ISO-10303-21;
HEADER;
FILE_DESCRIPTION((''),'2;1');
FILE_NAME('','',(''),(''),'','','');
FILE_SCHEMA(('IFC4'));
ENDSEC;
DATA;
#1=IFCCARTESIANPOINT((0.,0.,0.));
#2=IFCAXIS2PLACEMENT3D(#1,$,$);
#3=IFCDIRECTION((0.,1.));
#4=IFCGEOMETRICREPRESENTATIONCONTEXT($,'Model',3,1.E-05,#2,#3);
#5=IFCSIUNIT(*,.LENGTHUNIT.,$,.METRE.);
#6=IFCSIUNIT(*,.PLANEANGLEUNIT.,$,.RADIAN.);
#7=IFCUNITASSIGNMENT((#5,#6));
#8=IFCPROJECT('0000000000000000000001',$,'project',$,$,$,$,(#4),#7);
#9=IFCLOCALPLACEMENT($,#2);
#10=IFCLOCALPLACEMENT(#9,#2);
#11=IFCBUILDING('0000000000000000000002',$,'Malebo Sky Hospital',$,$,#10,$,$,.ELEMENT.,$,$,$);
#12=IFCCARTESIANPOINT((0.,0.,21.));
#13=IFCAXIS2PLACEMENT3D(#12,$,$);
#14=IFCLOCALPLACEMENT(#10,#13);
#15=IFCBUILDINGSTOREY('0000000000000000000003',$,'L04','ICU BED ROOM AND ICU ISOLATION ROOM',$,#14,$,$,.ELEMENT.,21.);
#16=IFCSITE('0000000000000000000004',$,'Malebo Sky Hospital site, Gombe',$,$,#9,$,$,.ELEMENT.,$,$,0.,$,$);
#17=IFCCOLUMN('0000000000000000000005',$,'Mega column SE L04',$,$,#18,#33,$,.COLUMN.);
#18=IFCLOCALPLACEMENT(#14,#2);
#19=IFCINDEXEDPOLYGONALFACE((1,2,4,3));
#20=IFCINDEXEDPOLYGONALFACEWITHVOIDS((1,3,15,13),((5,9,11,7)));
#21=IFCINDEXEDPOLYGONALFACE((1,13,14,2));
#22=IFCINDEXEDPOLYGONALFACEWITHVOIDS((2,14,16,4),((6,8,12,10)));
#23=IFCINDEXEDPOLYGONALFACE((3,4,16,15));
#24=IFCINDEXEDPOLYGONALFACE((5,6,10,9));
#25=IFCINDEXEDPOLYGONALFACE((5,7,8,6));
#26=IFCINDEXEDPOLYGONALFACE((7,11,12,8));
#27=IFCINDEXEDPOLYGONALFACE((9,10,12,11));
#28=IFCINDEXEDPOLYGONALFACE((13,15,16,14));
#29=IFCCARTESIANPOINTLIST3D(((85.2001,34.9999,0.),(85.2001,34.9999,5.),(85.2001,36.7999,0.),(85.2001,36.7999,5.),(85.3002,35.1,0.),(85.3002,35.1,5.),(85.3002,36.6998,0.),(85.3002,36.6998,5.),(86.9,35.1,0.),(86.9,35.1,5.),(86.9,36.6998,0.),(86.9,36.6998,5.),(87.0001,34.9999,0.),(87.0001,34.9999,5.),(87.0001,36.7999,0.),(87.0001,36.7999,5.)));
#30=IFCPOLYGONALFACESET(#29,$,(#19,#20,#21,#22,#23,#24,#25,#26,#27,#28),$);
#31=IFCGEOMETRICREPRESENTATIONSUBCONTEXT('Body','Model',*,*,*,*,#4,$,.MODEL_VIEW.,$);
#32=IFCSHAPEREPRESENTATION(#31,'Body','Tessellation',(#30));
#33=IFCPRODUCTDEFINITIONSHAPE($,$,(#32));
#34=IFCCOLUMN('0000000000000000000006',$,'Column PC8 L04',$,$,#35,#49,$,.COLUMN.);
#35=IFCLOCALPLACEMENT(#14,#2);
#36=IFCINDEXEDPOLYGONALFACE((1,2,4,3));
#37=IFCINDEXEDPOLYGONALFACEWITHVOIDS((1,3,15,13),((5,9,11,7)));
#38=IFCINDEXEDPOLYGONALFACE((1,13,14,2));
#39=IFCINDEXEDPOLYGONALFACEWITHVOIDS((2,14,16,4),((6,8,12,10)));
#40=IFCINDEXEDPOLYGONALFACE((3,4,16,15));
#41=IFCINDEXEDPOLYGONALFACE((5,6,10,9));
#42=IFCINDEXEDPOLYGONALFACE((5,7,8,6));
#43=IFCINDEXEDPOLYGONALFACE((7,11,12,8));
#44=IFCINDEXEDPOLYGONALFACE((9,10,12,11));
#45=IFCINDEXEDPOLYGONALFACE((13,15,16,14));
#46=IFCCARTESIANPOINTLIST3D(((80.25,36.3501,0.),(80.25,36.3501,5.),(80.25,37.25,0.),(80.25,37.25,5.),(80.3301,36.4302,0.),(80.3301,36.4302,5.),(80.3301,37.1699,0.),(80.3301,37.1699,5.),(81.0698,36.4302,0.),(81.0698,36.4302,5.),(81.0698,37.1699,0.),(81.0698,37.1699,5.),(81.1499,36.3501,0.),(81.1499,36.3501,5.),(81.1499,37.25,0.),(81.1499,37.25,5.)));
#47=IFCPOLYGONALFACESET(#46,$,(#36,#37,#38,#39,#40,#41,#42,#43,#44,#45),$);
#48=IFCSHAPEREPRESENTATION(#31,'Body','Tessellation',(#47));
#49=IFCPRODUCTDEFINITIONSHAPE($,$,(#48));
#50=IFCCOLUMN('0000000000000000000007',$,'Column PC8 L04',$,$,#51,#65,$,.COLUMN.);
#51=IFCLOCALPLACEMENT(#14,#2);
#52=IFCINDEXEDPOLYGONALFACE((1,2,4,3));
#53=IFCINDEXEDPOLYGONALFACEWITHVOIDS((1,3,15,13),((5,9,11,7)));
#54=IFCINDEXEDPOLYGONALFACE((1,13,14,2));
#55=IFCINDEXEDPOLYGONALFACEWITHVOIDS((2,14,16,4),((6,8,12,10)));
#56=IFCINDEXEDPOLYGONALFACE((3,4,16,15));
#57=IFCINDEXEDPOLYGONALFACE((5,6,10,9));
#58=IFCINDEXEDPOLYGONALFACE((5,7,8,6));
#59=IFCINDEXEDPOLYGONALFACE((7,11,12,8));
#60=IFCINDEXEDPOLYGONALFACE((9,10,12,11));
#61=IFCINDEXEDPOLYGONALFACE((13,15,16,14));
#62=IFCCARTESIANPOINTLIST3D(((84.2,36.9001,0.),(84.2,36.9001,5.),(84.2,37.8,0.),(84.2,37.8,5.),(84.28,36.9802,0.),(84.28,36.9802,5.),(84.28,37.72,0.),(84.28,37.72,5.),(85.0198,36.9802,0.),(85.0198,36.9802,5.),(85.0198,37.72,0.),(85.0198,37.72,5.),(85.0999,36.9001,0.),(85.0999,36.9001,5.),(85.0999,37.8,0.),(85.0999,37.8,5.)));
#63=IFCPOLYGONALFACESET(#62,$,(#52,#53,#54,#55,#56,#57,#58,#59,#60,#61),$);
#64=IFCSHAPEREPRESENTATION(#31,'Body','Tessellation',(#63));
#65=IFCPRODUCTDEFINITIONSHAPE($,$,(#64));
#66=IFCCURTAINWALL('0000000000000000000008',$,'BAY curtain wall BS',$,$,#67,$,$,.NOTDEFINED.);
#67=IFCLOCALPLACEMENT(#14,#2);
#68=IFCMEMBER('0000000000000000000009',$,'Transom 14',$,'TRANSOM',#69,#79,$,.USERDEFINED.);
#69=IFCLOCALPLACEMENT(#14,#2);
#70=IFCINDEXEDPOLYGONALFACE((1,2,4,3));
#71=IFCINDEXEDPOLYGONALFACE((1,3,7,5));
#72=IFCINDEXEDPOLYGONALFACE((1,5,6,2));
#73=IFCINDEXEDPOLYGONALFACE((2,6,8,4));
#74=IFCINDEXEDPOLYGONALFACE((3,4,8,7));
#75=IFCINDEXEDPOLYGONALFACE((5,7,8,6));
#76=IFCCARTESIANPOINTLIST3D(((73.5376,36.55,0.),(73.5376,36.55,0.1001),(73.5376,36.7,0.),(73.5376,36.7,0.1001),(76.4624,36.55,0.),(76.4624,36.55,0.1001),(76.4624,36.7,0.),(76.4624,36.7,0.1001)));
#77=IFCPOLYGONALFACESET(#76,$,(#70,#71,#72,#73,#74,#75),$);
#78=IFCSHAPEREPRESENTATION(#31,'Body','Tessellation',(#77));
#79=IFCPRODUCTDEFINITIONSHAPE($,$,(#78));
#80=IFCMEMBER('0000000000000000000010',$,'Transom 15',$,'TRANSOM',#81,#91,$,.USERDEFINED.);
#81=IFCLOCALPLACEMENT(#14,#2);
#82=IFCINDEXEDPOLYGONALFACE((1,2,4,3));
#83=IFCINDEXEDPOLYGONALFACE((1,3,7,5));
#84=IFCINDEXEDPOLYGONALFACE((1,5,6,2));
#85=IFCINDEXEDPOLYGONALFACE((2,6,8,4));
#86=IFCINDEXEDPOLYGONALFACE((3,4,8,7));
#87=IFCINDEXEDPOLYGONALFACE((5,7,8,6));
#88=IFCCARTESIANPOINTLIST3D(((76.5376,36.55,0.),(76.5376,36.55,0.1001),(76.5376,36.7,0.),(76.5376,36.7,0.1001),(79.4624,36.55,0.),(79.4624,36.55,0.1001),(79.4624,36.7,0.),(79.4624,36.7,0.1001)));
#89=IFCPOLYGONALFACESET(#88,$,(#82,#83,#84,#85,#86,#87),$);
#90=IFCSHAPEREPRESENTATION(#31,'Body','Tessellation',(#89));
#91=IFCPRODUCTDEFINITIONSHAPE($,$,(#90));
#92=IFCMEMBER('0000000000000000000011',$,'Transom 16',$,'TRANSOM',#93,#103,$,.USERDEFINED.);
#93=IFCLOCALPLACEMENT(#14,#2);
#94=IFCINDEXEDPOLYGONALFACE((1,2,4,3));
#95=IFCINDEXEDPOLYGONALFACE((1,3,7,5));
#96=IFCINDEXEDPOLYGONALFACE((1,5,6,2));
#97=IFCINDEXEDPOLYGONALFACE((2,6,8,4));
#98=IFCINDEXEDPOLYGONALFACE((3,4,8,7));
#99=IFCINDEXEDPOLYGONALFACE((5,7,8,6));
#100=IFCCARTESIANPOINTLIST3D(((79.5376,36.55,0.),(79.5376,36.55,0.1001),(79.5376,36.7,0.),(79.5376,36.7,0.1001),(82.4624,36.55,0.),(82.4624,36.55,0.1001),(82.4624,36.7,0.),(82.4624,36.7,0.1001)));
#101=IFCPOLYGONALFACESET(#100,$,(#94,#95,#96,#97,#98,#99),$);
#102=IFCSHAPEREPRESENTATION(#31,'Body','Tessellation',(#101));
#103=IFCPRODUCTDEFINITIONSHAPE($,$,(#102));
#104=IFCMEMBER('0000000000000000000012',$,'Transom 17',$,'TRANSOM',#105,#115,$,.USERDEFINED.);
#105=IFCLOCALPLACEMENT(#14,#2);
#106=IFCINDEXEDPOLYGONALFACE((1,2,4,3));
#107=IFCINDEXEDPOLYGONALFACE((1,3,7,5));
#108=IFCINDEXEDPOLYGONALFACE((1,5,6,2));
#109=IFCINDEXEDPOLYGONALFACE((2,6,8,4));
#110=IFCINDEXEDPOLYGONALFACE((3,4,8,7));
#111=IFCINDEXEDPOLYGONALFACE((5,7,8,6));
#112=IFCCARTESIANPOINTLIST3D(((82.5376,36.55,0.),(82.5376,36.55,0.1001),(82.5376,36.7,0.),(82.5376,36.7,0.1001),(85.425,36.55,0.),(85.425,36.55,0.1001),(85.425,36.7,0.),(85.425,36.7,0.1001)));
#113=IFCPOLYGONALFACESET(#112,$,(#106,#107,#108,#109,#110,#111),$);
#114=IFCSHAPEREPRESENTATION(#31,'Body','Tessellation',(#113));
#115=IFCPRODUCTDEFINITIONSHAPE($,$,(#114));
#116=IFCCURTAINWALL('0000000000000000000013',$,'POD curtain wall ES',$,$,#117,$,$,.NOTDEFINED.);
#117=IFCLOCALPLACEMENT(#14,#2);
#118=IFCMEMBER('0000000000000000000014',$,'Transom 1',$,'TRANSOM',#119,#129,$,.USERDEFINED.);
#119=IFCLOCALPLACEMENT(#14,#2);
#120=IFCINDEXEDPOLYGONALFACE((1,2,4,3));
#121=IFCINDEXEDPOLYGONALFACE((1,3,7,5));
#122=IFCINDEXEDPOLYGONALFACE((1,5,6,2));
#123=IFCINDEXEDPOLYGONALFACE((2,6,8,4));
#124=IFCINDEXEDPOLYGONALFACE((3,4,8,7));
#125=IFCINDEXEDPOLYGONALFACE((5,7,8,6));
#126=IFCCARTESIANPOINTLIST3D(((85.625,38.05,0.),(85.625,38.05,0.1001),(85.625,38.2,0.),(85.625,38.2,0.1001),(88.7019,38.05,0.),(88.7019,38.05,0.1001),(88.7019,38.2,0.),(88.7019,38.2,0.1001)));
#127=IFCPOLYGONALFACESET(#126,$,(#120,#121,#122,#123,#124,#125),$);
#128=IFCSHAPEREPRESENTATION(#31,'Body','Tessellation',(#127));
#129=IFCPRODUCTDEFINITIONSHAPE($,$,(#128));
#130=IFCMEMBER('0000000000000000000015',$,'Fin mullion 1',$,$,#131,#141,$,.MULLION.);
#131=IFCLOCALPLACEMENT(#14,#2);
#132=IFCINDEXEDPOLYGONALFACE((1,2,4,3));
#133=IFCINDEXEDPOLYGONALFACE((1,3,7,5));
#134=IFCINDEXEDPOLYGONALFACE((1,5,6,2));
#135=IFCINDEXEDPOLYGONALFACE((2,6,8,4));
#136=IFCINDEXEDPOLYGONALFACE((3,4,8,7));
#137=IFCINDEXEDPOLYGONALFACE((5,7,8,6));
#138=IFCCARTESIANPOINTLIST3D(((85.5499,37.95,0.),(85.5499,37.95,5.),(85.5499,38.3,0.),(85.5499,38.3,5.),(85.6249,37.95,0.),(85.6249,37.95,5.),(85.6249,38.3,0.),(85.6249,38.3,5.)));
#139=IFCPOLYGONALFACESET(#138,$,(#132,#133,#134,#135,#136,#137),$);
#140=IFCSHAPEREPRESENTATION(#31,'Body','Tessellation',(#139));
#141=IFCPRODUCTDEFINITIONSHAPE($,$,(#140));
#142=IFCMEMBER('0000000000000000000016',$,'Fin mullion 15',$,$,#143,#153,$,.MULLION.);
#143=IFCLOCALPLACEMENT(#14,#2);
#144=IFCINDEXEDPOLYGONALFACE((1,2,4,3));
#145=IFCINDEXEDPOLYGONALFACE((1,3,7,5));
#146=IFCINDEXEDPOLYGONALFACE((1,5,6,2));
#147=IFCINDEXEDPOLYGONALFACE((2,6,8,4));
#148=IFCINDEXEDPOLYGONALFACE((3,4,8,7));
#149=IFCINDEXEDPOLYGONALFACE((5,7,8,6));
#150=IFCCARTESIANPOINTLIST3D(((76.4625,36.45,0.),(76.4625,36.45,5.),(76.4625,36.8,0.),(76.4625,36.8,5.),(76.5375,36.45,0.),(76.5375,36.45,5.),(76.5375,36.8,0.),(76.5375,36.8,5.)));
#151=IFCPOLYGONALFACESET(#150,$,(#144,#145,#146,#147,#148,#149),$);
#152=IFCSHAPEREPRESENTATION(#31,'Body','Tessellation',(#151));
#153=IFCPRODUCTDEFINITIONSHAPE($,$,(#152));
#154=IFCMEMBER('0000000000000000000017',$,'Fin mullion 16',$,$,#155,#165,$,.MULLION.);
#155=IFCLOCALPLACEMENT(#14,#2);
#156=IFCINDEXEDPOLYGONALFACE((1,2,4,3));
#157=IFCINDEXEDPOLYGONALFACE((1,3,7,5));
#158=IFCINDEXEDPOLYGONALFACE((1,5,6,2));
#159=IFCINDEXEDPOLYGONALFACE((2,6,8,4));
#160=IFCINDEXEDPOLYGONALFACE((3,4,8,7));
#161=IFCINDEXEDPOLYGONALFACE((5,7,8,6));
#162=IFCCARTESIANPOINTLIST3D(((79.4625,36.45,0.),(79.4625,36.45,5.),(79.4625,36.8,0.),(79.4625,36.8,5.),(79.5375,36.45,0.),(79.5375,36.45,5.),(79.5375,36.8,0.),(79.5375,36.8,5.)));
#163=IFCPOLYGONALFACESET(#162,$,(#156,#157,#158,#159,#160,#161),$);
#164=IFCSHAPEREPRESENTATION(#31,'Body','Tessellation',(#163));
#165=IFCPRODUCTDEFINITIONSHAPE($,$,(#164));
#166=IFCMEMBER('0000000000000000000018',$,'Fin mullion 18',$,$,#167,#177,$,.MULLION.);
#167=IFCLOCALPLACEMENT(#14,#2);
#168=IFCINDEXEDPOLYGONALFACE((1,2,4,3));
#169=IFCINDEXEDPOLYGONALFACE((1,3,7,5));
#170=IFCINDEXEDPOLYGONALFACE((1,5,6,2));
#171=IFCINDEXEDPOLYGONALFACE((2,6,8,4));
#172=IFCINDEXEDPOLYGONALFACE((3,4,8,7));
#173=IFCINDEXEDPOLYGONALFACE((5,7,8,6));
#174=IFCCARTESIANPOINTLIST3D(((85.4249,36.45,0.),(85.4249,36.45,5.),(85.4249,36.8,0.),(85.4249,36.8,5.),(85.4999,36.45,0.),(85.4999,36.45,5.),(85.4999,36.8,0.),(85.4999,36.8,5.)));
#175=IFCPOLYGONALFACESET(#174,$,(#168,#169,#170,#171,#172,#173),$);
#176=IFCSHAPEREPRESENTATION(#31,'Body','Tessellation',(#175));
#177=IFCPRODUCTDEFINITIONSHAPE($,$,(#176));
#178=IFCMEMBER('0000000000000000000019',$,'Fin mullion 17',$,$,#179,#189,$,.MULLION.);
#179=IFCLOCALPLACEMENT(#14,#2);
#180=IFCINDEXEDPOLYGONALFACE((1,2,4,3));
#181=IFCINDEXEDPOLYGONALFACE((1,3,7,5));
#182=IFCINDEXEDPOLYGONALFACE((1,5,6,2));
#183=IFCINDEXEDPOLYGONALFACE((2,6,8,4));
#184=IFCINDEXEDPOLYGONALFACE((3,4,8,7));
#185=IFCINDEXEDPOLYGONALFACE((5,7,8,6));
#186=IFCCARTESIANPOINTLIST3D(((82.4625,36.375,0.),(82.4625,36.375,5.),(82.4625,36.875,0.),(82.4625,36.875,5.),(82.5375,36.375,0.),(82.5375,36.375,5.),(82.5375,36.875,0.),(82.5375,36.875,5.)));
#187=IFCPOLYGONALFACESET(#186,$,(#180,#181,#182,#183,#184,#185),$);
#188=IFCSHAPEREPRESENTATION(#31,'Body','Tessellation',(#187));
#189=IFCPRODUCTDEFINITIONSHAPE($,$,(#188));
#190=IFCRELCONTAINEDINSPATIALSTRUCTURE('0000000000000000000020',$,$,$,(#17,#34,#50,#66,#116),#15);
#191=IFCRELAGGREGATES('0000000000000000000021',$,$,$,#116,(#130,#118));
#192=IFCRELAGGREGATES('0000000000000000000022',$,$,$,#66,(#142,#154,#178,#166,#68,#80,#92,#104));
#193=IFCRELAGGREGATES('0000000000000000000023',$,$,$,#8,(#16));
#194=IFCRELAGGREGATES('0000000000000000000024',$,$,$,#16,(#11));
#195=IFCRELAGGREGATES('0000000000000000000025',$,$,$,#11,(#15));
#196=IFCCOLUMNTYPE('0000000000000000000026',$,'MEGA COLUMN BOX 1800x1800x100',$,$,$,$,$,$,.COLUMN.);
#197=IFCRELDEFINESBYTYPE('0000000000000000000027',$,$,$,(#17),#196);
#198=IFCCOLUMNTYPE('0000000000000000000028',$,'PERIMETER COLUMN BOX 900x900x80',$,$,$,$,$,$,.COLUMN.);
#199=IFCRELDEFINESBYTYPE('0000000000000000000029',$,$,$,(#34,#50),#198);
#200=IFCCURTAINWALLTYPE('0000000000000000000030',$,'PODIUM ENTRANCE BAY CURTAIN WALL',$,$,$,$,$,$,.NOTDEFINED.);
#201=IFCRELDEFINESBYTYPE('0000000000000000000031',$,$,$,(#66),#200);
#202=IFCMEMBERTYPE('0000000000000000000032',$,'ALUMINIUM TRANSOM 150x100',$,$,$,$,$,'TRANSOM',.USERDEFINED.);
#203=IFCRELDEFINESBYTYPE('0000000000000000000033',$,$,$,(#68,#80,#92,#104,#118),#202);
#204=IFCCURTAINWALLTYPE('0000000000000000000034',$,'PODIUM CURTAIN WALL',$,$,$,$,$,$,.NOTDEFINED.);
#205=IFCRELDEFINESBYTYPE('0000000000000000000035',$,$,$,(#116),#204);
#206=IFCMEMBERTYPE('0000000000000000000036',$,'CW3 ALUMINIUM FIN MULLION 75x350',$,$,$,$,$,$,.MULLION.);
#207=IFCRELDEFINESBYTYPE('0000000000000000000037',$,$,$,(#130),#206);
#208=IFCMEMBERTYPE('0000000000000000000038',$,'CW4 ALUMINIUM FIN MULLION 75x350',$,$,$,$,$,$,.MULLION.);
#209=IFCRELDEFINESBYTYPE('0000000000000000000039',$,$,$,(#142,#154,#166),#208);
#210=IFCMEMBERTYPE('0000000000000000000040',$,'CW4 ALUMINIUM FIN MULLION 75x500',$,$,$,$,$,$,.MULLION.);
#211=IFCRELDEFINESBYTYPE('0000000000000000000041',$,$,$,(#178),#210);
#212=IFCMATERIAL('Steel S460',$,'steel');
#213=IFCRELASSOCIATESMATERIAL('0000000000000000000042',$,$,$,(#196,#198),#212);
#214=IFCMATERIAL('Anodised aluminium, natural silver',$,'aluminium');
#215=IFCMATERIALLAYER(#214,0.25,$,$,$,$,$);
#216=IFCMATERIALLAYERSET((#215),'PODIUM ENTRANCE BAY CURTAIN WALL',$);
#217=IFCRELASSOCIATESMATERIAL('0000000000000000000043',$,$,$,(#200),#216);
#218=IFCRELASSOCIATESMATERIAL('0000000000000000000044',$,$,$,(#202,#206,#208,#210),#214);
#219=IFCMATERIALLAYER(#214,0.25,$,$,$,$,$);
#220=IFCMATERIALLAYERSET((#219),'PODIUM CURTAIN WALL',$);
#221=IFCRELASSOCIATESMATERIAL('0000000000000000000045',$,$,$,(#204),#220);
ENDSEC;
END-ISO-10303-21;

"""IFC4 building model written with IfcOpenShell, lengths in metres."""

from ifc_helpers import new_model, si_unit, direction, frame, origin, origin_2d, place, context, subcontext, project, spatial, rectangle, hollow_rectangle, extrude, material, layer, layer_set, material_profile, profile_set, type_object, element, aggregate, save


model = new_model("IFC4")

# Units and contexts
model_context = context("Model", 3, precision=1e-05, world=origin(), true_north=direction((0.0, 1.0)))
body_context = subcontext(model_context, "Body", "Model", "MODEL_VIEW")
ifc_project = project(units=[si_unit("LENGTHUNIT", "METRE"), si_unit("PLANEANGLEUNIT", "RADIAN")], contexts=[model_context])

# Site, building, storey
site_placement = place(None, origin())
site = spatial("IfcSite", under=ifc_project, at=site_placement, Name="Malebo Sky Hospital site, Gombe", CompositionType="ELEMENT", RefElevation=0.0)
building_placement = place(site_placement, origin())
building = spatial("IfcBuilding", under=site, at=building_placement, Name="Malebo Sky Hospital", CompositionType="ELEMENT")
storey_placement = place(building_placement, frame((0.0, 0.0, 21.0)))
storey = spatial("IfcBuildingStorey", under=building, at=storey_placement, Name="L04", Description="ICU BED ROOM AND ICU ISOLATION ROOM", CompositionType="ELEMENT", Elevation=21.0)

# Columns
ifc_material_1 = material(Name="Steel S460", Category="steel")
ifc_material_profile_1 = material_profile(ifc_material_1, hollow_rectangle(XDim=1.8, YDim=1.8, WallThickness=0.1001, at=origin_2d()), Name="BOX 1800x1800x100")
ifc_profile_set_1 = profile_set([ifc_material_profile_1], Name="Steel S460")
column_type_1 = type_object("IfcColumnType", Name="MEGA COLUMN BOX 1800x1800x100", PredefinedType="COLUMN", material=ifc_profile_set_1)
column_placement = place(storey_placement, frame((86.1001, 35.8999, 0.0), z_axis=(0.0, 0.0, 1.0), x_axis=(1.0, 0.0, 0.0)))
element("IfcColumn", 1, at=column_placement, inside=storey, type_object=column_type_1, Name="Mega column SE L04", PredefinedType="COLUMN", context=body_context, shape_type="SweptSolid", body=[
    extrude(hollow_rectangle(XDim=1.8, YDim=1.8, WallThickness=0.1001, at=origin_2d()), origin(), (0.0, 0.0, 1.0), 5.0),
])
ifc_material_profile_2 = material_profile(ifc_material_1, hollow_rectangle(XDim=0.8999, YDim=0.8999, WallThickness=0.0801, at=origin_2d()), Name="BOX 900x900x80")
ifc_profile_set_2 = profile_set([ifc_material_profile_2], Name="Steel S460")
column_type_2 = type_object("IfcColumnType", Name="PERIMETER COLUMN BOX 900x900x80", PredefinedType="COLUMN", material=ifc_profile_set_2)
for number, where, z_axis, x_axis, name in (
    (2, (80.7, 36.8, 0.0), (0.0, 0.0, 1.0), (1.0, 0.0, 0.0), "Column PC8 L04"),
    (3, (84.6499, 37.3501, 0.0), (0.0, 0.0, 1.0), (1.0, 0.0, 0.0), "Column PC8 L04"),
):
    element("IfcColumn", number, at=place(storey_placement, frame(where, z_axis=z_axis, x_axis=x_axis)), inside=storey, type_object=column_type_2, Name=name, PredefinedType="COLUMN", context=body_context, shape_type="SweptSolid", body=[
        extrude(hollow_rectangle(XDim=0.8999, YDim=0.8999, WallThickness=0.0801, at=origin_2d()), origin(), (0.0, 0.0, 1.0), 5.0),
    ])

# Curtain walls, members
ifc_material_2 = material(Name="Anodised aluminium, natural silver", Category="aluminium")
ifc_layer_1 = layer(ifc_material_2, 0.25)
ifc_layer_set_1 = layer_set([ifc_layer_1], Name="PODIUM ENTRANCE BAY CURTAIN WALL")
curtain_wall_type_1 = type_object("IfcCurtainWallType", Name="PODIUM ENTRANCE BAY CURTAIN WALL", PredefinedType="NOTDEFINED", material=ifc_layer_set_1)
curtain_wall_1_placement = place(storey_placement, origin())
curtain_wall_1 = element("IfcCurtainWall", 4, at=curtain_wall_1_placement, inside=storey, type_object=curtain_wall_type_1, Name="BAY curtain wall BS", PredefinedType="NOTDEFINED")
ifc_material_profile_3 = material_profile(ifc_material_2, rectangle(XDim=0.1499, YDim=0.1001, at=origin_2d()), Name="ALUMINIUM TRANSOM 150x100")
ifc_profile_set_3 = profile_set([ifc_material_profile_3], Name="Anodised aluminium, natural silver")
member_type_1 = type_object("IfcMemberType", Name="ALUMINIUM TRANSOM 150x100", ElementType="TRANSOM", PredefinedType="USERDEFINED", material=ifc_profile_set_3)
member_1_placement = place(storey_placement, frame((73.5376, 36.625, 0.05), z_axis=(1.0, 0.0, 0.0), x_axis=(0.0, 1.0, 0.0)))
member_1 = element("IfcMember", 5, at=member_1_placement, type_object=member_type_1, Name="Transom 14", ObjectType="TRANSOM", PredefinedType="USERDEFINED", context=body_context, shape_type="SweptSolid", body=[
    extrude(rectangle(XDim=0.1499, YDim=0.1001, at=origin_2d()), origin(), (0.0, 0.0, 1.0), 2.9248),
])
member_2_placement = place(storey_placement, frame((76.5376, 36.625, 0.05), z_axis=(1.0, 0.0, 0.0), x_axis=(0.0, 1.0, 0.0)))
member_2 = element("IfcMember", 6, at=member_2_placement, type_object=member_type_1, Name="Transom 15", ObjectType="TRANSOM", PredefinedType="USERDEFINED", context=body_context, shape_type="SweptSolid", body=[
    extrude(rectangle(XDim=0.1499, YDim=0.1001, at=origin_2d()), origin(), (0.0, 0.0, 1.0), 2.9248),
])
member_3_placement = place(storey_placement, frame((79.5376, 36.625, 0.05), z_axis=(1.0, 0.0, 0.0), x_axis=(0.0, 1.0, 0.0)))
member_3 = element("IfcMember", 7, at=member_3_placement, type_object=member_type_1, Name="Transom 16", ObjectType="TRANSOM", PredefinedType="USERDEFINED", context=body_context, shape_type="SweptSolid", body=[
    extrude(rectangle(XDim=0.1499, YDim=0.1001, at=origin_2d()), origin(), (0.0, 0.0, 1.0), 2.9248),
])
member_4_placement = place(storey_placement, frame((82.5376, 36.625, 0.05), z_axis=(1.0, 0.0, 0.0), x_axis=(0.0, 1.0, 0.0)))
member_4 = element("IfcMember", 8, at=member_4_placement, type_object=member_type_1, Name="Transom 17", ObjectType="TRANSOM", PredefinedType="USERDEFINED", context=body_context, shape_type="SweptSolid", body=[
    extrude(rectangle(XDim=0.1499, YDim=0.1001, at=origin_2d()), origin(), (0.0, 0.0, 1.0), 2.8875),
])
ifc_layer_2 = layer(ifc_material_2, 0.25)
ifc_layer_set_2 = layer_set([ifc_layer_2], Name="PODIUM CURTAIN WALL")
curtain_wall_type_2 = type_object("IfcCurtainWallType", Name="PODIUM CURTAIN WALL", PredefinedType="NOTDEFINED", material=ifc_layer_set_2)
curtain_wall_2_placement = place(storey_placement, origin())
curtain_wall_2 = element("IfcCurtainWall", 9, at=curtain_wall_2_placement, inside=storey, type_object=curtain_wall_type_2, Name="POD curtain wall ES", PredefinedType="NOTDEFINED")
member_5_placement = place(storey_placement, frame((85.625, 38.125, 0.05), z_axis=(1.0, 0.0, 0.0), x_axis=(0.0, 1.0, 0.0)))
member_5 = element("IfcMember", 10, at=member_5_placement, type_object=member_type_1, Name="Transom 1", ObjectType="TRANSOM", PredefinedType="USERDEFINED", context=body_context, shape_type="SweptSolid", body=[
    extrude(rectangle(XDim=0.1499, YDim=0.1001, at=origin_2d()), origin(), (0.0, 0.0, 1.0), 3.0769),
])
ifc_material_profile_4 = material_profile(ifc_material_2, rectangle(XDim=0.075, YDim=0.3501, at=origin_2d()), Name="CW3 ALUMINIUM FIN MULLION 75x350")
ifc_profile_set_4 = profile_set([ifc_material_profile_4], Name="Anodised aluminium, natural silver")
member_type_2 = type_object("IfcMemberType", Name="CW3 ALUMINIUM FIN MULLION 75x350", PredefinedType="MULLION", material=ifc_profile_set_4)
member_6_placement = place(storey_placement, frame((85.5874, 38.125, 0.0), z_axis=(0.0, 0.0, 1.0), x_axis=(1.0, 0.0, 0.0)))
member_6 = element("IfcMember", 11, at=member_6_placement, type_object=member_type_2, Name="Fin mullion 1", PredefinedType="MULLION", context=body_context, shape_type="SweptSolid", body=[
    extrude(rectangle(XDim=0.075, YDim=0.3501, at=origin_2d()), origin(), (0.0, 0.0, 1.0), 5.0),
])
aggregate(curtain_wall_2, [member_6, member_5])

# Members
ifc_material_profile_5 = material_profile(ifc_material_2, rectangle(XDim=0.075, YDim=0.3501, at=origin_2d()), Name="CW4 ALUMINIUM FIN MULLION 75x350")
ifc_profile_set_5 = profile_set([ifc_material_profile_5], Name="Anodised aluminium, natural silver")
member_type_3 = type_object("IfcMemberType", Name="CW4 ALUMINIUM FIN MULLION 75x350", PredefinedType="MULLION", material=ifc_profile_set_5)
member_7_placement = place(storey_placement, frame((76.5, 36.625, 0.0), z_axis=(0.0, 0.0, 1.0), x_axis=(1.0, 0.0, 0.0)))
member_7 = element("IfcMember", 12, at=member_7_placement, type_object=member_type_3, Name="Fin mullion 15", PredefinedType="MULLION", context=body_context, shape_type="SweptSolid", body=[
    extrude(rectangle(XDim=0.075, YDim=0.3501, at=origin_2d()), origin(), (0.0, 0.0, 1.0), 5.0),
])
member_8_placement = place(storey_placement, frame((79.5, 36.625, 0.0), z_axis=(0.0, 0.0, 1.0), x_axis=(1.0, 0.0, 0.0)))
member_8 = element("IfcMember", 13, at=member_8_placement, type_object=member_type_3, Name="Fin mullion 16", PredefinedType="MULLION", context=body_context, shape_type="SweptSolid", body=[
    extrude(rectangle(XDim=0.075, YDim=0.3501, at=origin_2d()), origin(), (0.0, 0.0, 1.0), 5.0),
])
member_9_placement = place(storey_placement, frame((85.4624, 36.625, 0.0), z_axis=(0.0, 0.0, 1.0), x_axis=(1.0, 0.0, 0.0)))
member_9 = element("IfcMember", 14, at=member_9_placement, type_object=member_type_3, Name="Fin mullion 18", PredefinedType="MULLION", context=body_context, shape_type="SweptSolid", body=[
    extrude(rectangle(XDim=0.075, YDim=0.3501, at=origin_2d()), origin(), (0.0, 0.0, 1.0), 5.0),
])
ifc_material_profile_6 = material_profile(ifc_material_2, rectangle(XDim=0.075, YDim=0.5, at=origin_2d()), Name="CW4 ALUMINIUM FIN MULLION 75x500")
ifc_profile_set_6 = profile_set([ifc_material_profile_6], Name="Anodised aluminium, natural silver")
member_type_4 = type_object("IfcMemberType", Name="CW4 ALUMINIUM FIN MULLION 75x500", PredefinedType="MULLION", material=ifc_profile_set_6)
member_10_placement = place(storey_placement, frame((82.5, 36.625, 0.0), z_axis=(0.0, 0.0, 1.0), x_axis=(1.0, 0.0, 0.0)))
member_10 = element("IfcMember", 15, at=member_10_placement, type_object=member_type_4, Name="Fin mullion 17", PredefinedType="MULLION", context=body_context, shape_type="SweptSolid", body=[
    extrude(rectangle(XDim=0.075, YDim=0.5, at=origin_2d()), origin(), (0.0, 0.0, 1.0), 5.0),
])

aggregate(curtain_wall_1, [member_7, member_8, member_10, member_9, member_1, member_2, member_3, member_4])

save(model, "model.ifc")
